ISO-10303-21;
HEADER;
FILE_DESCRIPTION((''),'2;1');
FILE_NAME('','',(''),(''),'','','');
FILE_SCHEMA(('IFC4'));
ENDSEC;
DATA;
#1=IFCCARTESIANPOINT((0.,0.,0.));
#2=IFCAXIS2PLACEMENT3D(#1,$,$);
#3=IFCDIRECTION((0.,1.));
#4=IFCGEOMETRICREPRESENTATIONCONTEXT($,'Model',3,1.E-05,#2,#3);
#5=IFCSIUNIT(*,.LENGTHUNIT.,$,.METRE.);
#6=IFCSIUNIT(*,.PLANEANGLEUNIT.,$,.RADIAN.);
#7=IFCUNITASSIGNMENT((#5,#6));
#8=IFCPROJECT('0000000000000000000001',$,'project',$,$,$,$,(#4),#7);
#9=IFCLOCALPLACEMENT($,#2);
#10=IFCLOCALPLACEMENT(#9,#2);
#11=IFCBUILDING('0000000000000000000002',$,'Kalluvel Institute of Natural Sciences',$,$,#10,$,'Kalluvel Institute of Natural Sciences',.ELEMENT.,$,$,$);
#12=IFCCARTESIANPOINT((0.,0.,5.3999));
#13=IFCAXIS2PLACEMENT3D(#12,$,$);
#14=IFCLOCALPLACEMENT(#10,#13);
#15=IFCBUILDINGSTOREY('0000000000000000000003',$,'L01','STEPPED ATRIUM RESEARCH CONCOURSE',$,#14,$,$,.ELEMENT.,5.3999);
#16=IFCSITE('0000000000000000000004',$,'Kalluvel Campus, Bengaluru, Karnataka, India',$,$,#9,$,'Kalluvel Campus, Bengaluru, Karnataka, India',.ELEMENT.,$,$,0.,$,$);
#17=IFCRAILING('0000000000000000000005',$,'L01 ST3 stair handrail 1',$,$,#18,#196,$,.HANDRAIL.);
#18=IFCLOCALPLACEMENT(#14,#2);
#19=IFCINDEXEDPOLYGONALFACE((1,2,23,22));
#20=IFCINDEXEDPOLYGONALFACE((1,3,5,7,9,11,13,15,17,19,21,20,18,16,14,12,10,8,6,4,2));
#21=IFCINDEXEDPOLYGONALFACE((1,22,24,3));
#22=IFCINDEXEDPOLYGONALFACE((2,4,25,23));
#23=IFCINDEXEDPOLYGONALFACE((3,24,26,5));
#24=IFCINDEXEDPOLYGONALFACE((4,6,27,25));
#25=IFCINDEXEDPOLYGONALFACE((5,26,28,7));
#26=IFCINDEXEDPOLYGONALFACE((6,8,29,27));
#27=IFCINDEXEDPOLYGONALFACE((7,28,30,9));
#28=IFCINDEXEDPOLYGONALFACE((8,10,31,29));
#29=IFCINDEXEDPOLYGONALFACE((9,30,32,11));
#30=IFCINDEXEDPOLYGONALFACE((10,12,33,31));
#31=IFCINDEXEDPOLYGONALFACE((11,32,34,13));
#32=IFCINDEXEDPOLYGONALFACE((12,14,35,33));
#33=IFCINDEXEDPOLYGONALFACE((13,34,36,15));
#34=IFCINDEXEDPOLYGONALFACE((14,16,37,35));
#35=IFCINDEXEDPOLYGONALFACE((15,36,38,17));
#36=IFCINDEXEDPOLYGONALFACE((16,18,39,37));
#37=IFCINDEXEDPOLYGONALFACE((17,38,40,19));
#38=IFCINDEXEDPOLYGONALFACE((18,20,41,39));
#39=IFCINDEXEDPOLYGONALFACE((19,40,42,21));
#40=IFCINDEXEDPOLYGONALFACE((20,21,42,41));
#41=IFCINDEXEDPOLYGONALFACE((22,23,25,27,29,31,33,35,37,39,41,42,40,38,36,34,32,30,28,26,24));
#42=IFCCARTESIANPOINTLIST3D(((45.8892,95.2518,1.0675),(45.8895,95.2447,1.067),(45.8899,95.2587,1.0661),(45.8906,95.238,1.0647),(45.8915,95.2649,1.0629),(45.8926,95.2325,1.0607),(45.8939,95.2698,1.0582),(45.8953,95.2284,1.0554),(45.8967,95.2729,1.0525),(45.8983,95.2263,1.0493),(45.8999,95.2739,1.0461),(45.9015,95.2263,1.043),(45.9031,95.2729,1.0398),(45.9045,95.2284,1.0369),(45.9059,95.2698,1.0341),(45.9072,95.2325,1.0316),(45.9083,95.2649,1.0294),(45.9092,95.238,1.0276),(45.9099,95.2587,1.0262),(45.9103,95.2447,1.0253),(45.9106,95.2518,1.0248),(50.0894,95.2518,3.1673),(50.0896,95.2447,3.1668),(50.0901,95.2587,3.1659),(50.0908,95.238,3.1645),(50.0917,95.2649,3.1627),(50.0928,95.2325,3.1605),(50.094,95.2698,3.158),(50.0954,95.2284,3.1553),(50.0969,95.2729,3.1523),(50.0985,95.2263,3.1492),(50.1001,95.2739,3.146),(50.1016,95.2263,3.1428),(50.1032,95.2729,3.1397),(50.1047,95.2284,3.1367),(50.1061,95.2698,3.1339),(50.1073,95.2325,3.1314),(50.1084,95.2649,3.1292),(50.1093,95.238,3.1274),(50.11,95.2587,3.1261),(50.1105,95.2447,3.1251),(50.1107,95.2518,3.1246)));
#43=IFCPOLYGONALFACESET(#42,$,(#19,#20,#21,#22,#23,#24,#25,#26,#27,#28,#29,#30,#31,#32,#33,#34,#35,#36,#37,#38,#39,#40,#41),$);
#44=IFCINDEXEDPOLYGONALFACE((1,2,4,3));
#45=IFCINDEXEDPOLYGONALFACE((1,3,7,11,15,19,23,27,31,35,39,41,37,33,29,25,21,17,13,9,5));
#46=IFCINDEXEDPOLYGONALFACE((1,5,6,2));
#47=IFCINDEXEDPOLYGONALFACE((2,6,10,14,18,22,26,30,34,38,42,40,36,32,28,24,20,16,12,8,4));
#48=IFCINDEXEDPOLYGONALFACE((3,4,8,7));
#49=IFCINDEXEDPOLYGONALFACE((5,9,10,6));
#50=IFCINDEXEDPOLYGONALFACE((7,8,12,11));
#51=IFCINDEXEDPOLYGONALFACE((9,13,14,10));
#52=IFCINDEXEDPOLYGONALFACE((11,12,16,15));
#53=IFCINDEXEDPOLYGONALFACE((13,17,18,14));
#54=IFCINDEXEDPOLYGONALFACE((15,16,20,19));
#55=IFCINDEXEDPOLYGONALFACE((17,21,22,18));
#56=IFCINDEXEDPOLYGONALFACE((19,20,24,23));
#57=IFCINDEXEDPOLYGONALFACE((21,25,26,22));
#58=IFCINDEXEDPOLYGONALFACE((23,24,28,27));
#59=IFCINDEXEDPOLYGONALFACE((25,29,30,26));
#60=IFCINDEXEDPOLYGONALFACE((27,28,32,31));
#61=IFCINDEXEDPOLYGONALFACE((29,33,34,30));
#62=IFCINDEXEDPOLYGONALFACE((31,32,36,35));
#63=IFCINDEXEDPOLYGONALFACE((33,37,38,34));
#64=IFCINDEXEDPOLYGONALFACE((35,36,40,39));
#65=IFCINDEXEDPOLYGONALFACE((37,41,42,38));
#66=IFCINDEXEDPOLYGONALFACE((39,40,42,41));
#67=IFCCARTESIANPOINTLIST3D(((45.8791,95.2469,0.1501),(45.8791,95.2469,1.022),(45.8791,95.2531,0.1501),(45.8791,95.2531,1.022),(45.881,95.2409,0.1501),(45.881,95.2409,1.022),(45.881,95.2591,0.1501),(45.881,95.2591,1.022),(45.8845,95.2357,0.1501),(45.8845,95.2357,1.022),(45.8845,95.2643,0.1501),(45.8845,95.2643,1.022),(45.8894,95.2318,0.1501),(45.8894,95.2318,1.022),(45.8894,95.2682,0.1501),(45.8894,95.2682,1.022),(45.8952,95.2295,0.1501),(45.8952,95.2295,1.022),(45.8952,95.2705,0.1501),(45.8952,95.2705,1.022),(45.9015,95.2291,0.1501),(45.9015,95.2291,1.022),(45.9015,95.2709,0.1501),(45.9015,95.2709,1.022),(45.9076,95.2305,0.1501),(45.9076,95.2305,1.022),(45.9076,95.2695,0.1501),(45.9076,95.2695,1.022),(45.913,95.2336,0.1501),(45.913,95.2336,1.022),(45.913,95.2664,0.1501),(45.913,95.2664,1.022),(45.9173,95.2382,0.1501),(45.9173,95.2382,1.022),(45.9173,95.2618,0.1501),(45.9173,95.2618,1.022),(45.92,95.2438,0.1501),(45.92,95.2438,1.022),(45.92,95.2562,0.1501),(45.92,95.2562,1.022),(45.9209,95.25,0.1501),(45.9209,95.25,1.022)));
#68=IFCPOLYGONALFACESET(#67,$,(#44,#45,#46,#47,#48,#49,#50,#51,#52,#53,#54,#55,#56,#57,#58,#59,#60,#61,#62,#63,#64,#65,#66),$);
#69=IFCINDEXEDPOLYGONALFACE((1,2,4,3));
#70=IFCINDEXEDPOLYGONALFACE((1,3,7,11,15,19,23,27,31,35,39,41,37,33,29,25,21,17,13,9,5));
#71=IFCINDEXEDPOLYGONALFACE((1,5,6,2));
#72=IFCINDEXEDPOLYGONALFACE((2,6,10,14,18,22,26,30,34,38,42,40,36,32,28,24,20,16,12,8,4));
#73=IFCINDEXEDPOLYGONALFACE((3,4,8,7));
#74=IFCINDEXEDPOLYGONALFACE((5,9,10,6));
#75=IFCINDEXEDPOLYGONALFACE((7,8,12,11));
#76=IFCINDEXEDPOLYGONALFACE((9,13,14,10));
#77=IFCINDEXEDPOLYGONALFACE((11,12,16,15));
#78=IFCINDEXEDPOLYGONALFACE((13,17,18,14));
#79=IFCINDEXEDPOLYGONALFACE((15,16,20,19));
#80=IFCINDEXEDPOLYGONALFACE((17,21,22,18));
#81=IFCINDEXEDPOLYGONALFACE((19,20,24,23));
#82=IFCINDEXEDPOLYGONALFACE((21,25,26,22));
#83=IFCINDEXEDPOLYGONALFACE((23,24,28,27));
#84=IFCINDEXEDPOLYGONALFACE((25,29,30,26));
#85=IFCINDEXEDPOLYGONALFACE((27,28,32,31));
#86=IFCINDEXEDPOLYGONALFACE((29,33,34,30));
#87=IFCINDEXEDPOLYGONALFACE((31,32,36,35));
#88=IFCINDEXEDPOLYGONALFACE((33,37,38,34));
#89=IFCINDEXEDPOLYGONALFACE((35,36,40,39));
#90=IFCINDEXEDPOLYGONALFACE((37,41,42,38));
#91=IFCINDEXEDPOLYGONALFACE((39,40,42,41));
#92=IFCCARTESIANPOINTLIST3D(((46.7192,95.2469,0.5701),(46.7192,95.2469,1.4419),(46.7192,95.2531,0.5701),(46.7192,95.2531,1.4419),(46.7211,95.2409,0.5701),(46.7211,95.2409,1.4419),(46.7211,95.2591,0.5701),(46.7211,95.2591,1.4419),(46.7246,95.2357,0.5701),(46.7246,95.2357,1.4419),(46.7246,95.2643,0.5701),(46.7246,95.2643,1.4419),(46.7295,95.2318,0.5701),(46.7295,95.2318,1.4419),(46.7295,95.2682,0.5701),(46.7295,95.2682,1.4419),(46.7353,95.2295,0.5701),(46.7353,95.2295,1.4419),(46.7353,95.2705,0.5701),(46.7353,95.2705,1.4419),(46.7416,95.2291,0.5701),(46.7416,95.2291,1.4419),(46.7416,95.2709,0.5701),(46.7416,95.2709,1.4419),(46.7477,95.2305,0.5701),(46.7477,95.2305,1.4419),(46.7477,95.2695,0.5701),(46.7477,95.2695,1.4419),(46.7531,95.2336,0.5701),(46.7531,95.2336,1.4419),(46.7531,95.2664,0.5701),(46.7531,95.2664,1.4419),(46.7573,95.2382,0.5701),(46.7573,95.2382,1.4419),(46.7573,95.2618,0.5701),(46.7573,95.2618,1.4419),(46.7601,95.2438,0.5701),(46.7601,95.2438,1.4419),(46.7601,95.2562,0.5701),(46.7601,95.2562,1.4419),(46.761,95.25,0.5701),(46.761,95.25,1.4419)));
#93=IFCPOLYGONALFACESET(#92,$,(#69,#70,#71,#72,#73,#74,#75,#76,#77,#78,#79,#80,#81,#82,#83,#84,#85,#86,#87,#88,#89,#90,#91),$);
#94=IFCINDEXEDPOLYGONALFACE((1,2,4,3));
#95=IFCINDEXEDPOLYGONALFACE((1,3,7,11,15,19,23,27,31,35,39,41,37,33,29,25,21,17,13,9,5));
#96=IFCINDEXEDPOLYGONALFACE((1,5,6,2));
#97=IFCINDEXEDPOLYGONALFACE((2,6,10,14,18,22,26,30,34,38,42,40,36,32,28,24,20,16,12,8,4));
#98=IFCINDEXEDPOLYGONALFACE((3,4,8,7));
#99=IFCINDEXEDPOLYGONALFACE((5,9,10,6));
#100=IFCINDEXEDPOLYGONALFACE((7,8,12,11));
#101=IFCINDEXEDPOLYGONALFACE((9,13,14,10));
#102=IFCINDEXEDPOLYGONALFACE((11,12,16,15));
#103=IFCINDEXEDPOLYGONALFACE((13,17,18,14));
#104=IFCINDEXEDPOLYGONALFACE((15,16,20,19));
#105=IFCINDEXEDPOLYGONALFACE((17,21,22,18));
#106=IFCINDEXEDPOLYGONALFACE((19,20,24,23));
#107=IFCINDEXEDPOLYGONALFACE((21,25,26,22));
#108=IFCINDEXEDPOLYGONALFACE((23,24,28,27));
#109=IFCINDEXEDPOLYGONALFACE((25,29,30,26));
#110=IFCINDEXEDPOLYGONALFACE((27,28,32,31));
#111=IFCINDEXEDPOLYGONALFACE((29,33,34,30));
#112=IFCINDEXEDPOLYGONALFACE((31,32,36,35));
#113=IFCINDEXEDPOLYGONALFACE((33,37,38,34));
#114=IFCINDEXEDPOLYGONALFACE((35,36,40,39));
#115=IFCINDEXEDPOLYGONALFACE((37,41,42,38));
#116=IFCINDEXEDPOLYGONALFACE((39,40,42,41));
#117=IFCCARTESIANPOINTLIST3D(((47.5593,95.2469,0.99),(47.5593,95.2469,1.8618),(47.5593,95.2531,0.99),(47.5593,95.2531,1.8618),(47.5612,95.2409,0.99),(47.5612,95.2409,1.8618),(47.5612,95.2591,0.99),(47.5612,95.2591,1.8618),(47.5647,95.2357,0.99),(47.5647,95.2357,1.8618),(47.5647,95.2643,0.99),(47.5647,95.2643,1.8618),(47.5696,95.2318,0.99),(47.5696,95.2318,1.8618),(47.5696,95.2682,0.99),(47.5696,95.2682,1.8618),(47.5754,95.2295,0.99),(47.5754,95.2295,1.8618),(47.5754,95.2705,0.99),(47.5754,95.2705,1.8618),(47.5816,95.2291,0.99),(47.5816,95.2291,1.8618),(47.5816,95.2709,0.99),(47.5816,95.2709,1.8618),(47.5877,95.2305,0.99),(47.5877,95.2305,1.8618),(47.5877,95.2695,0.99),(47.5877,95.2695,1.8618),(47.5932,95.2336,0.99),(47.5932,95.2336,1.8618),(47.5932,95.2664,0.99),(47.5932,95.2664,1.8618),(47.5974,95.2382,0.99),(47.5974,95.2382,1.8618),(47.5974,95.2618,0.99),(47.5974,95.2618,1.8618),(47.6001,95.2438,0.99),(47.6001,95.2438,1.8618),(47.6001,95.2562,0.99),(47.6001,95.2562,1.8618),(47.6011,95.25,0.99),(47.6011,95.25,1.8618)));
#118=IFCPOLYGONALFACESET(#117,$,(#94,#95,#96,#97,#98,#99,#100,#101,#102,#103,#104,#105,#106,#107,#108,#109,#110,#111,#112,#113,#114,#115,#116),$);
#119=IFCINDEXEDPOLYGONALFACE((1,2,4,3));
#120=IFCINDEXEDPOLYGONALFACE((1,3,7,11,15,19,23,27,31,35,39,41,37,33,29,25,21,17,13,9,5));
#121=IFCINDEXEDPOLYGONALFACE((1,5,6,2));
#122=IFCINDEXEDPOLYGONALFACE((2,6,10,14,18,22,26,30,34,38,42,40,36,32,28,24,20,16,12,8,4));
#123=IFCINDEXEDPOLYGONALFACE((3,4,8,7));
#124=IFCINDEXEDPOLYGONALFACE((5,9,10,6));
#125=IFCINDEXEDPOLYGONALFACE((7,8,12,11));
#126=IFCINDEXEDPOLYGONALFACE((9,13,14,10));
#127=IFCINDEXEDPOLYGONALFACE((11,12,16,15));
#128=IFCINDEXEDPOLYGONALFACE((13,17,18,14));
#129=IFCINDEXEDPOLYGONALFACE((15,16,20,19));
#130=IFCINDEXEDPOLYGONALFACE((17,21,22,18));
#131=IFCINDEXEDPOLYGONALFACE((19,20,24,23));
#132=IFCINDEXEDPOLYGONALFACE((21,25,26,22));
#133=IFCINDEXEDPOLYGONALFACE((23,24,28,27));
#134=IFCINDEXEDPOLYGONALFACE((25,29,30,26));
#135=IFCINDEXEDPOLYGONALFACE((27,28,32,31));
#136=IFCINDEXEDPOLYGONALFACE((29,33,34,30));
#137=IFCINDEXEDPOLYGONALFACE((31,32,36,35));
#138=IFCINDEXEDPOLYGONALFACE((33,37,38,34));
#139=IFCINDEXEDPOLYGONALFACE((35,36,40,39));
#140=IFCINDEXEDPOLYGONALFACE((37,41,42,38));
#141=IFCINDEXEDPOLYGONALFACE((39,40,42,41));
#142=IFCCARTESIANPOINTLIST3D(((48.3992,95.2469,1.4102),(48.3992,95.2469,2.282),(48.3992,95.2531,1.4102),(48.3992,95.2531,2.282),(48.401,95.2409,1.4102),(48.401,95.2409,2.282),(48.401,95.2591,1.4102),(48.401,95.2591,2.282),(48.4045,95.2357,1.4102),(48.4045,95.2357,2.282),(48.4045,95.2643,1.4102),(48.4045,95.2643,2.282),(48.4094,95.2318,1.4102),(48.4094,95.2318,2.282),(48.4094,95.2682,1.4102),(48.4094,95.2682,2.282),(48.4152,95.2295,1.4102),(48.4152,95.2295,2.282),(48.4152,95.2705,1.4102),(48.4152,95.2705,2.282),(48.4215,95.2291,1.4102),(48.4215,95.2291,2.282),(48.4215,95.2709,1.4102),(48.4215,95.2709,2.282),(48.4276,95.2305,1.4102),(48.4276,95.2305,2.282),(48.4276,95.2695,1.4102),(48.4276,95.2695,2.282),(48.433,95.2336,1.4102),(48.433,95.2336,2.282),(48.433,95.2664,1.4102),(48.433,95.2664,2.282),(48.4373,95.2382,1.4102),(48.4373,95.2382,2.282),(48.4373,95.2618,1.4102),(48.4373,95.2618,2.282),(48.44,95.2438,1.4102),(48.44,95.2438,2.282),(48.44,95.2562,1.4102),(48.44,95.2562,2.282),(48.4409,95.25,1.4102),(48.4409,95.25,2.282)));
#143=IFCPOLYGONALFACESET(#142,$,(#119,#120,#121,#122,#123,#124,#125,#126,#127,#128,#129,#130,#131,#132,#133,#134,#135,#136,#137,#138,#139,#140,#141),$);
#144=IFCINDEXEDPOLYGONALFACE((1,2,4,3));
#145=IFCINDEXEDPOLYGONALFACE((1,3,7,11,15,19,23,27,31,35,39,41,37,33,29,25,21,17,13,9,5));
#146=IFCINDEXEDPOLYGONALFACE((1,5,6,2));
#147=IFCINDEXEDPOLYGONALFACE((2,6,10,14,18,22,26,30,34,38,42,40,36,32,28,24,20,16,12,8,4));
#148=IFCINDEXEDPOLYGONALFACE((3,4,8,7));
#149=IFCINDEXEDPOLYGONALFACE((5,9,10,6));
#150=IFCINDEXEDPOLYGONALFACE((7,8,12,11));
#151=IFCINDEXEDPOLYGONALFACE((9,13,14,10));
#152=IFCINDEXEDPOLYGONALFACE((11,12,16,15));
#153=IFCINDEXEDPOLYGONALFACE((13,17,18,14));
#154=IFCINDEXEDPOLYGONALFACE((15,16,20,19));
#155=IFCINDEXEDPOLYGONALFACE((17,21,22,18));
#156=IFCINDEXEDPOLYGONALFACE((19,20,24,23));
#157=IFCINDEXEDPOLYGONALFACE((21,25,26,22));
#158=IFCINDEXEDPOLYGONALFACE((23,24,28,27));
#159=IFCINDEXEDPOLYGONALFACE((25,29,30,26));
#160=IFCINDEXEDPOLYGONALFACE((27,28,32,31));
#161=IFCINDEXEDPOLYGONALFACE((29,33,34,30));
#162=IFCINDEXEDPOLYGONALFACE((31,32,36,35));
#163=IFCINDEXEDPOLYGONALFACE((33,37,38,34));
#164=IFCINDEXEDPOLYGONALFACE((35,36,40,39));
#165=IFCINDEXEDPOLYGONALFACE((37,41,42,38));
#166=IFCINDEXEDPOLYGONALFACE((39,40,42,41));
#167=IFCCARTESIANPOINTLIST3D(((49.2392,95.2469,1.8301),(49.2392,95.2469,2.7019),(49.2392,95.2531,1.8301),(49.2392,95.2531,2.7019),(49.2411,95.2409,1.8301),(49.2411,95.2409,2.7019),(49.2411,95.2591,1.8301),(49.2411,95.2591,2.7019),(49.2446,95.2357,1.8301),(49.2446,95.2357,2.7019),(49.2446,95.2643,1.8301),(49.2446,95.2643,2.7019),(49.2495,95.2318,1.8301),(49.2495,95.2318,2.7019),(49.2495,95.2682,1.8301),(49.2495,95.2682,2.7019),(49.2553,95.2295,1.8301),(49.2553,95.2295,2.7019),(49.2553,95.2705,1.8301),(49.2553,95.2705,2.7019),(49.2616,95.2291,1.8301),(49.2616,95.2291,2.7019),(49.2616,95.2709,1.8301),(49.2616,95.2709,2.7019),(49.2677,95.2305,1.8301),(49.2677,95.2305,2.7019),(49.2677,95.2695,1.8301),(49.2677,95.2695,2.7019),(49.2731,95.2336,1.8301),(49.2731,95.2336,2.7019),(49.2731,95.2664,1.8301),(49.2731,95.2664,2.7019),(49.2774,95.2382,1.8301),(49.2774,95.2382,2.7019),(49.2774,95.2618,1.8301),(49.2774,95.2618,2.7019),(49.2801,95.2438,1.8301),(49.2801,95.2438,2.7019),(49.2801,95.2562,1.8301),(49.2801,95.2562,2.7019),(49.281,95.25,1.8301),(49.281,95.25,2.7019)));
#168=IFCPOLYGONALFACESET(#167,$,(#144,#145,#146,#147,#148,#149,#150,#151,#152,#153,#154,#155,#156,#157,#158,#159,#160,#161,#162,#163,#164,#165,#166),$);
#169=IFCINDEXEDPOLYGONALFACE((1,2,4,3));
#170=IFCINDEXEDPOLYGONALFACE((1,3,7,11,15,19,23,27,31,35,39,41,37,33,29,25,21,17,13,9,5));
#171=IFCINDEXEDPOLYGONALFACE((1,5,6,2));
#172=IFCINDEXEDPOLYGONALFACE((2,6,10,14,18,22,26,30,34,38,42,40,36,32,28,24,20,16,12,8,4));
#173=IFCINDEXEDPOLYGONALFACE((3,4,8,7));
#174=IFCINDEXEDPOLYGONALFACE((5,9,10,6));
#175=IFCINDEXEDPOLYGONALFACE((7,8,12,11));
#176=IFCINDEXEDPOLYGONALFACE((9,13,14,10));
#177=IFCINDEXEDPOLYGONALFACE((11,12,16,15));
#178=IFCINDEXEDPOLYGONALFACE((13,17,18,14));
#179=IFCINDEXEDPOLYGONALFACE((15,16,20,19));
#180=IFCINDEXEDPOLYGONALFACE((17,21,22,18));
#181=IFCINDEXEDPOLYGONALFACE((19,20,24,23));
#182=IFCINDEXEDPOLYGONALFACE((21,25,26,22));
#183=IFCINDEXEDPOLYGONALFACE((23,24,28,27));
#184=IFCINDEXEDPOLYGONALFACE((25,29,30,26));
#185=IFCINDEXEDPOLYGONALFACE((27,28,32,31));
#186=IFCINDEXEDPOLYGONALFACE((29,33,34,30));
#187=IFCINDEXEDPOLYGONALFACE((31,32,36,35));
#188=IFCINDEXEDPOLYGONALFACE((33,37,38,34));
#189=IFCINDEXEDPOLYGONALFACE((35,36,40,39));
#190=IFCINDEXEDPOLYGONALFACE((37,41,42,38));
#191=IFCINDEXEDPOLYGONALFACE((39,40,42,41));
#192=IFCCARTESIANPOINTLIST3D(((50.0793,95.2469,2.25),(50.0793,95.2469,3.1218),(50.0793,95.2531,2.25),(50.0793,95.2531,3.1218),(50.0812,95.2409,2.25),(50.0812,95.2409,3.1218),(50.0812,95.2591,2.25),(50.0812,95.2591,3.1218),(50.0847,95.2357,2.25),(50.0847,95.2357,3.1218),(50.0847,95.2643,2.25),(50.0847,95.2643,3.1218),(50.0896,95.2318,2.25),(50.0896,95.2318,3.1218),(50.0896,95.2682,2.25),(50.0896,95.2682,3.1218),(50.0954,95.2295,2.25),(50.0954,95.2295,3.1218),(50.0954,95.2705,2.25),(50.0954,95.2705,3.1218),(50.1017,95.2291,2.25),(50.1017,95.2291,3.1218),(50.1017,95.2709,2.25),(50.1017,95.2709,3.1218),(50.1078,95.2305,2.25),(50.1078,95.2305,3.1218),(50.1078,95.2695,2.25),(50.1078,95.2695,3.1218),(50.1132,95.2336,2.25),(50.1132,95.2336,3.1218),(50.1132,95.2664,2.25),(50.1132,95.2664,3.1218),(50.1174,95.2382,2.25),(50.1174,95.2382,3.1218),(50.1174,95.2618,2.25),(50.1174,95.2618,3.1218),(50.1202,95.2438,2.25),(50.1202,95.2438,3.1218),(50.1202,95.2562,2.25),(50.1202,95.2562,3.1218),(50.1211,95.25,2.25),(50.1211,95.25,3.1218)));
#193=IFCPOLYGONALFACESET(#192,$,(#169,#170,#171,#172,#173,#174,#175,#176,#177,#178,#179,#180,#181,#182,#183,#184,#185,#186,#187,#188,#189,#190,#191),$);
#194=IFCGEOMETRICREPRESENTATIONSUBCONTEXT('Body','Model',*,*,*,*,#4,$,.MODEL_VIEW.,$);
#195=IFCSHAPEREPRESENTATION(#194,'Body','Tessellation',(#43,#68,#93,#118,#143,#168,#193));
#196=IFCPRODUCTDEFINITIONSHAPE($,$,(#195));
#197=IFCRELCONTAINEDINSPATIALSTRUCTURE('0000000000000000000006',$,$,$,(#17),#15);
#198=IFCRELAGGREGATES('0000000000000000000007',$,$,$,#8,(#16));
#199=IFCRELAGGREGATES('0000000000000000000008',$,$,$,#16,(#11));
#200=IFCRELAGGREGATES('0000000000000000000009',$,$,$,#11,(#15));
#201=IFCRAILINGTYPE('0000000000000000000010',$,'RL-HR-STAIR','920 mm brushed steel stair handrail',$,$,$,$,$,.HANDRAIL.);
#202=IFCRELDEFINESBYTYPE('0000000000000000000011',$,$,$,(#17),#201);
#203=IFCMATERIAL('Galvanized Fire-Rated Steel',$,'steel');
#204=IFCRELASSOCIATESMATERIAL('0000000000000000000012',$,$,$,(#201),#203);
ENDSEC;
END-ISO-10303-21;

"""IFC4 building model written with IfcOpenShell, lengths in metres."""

from ifc_helpers import new_model, si_unit, direction, frame, origin, origin_2d, place, context, subcontext, project, spatial, circle, extrude, material, type_object, element, save


model = new_model("IFC4")

# Units and contexts
model_context = context("Model", 3, precision=1e-05, world=origin(), true_north=direction((0.0, 1.0)))
body_context = subcontext(model_context, "Body", "Model", "MODEL_VIEW")
ifc_project = project(units=[si_unit("LENGTHUNIT", "METRE"), si_unit("PLANEANGLEUNIT", "RADIAN")], contexts=[model_context])

# Site, building, storey
site_placement = place(None, origin())
site = spatial("IfcSite", under=ifc_project, at=site_placement, Name="Kalluvel Campus, Bengaluru, Karnataka, India", LongName="Kalluvel Campus, Bengaluru, Karnataka, India", CompositionType="ELEMENT", RefElevation=0.0)
building_placement = place(site_placement, origin())
building = spatial("IfcBuilding", under=site, at=building_placement, Name="Kalluvel Institute of Natural Sciences", LongName="Kalluvel Institute of Natural Sciences", CompositionType="ELEMENT")
storey_placement = place(building_placement, frame((0.0, 0.0, 5.3999)))
storey = spatial("IfcBuildingStorey", under=building, at=storey_placement, Name="L01", Description="STEPPED ATRIUM RESEARCH CONCOURSE", CompositionType="ELEMENT", Elevation=5.3999)

# Shared definitions
ifc_material_1 = material(Name="Galvanized Fire-Rated Steel", Category="steel")

# Railing
railing_type_1 = type_object("IfcRailingType", Name="RL-HR-STAIR", Description="920 mm brushed steel stair handrail", PredefinedType="HANDRAIL", material=ifc_material_1)
railing_1_placement = place(storey_placement, frame((45.8999, 95.25, 0.1501)))
element("IfcRailing", 1, at=railing_1_placement, inside=storey, type_object=railing_type_1, Name="L01 ST3 stair handrail 1", PredefinedType="HANDRAIL", context=body_context, shape_type="SweptSolid", body=[
    extrude(circle(Radius=0.0239, at=origin_2d()), frame((0.0, 0.0, 0.896), z_axis=(0.894448, 0.0, 0.447172), x_axis=(0.0, 1.0, 0.0)), (0.0, 0.0, 1.0), 4.6958),
    extrude(circle(Radius=0.021, at=origin_2d()), origin(), (0.0, 0.0, 1.0), 0.8718),
    extrude(circle(Radius=0.021, at=origin_2d()), frame((0.8401, 0.0, 0.4199)), (0.0, 0.0, 1.0), 0.8718),
    extrude(circle(Radius=0.021, at=origin_2d()), frame((1.6802, 0.0, 0.8398)), (0.0, 0.0, 1.0), 0.8718),
    extrude(circle(Radius=0.021, at=origin_2d()), frame((2.52, 0.0, 1.26)), (0.0, 0.0, 1.0), 0.8718),
    extrude(circle(Radius=0.021, at=origin_2d()), frame((3.3601, 0.0, 1.6799)), (0.0, 0.0, 1.0), 0.8718),
    extrude(circle(Radius=0.021, at=origin_2d()), frame((4.2002, 0.0, 2.0999)), (0.0, 0.0, 1.0), 0.8718),
])

save(model, "model.ifc")
